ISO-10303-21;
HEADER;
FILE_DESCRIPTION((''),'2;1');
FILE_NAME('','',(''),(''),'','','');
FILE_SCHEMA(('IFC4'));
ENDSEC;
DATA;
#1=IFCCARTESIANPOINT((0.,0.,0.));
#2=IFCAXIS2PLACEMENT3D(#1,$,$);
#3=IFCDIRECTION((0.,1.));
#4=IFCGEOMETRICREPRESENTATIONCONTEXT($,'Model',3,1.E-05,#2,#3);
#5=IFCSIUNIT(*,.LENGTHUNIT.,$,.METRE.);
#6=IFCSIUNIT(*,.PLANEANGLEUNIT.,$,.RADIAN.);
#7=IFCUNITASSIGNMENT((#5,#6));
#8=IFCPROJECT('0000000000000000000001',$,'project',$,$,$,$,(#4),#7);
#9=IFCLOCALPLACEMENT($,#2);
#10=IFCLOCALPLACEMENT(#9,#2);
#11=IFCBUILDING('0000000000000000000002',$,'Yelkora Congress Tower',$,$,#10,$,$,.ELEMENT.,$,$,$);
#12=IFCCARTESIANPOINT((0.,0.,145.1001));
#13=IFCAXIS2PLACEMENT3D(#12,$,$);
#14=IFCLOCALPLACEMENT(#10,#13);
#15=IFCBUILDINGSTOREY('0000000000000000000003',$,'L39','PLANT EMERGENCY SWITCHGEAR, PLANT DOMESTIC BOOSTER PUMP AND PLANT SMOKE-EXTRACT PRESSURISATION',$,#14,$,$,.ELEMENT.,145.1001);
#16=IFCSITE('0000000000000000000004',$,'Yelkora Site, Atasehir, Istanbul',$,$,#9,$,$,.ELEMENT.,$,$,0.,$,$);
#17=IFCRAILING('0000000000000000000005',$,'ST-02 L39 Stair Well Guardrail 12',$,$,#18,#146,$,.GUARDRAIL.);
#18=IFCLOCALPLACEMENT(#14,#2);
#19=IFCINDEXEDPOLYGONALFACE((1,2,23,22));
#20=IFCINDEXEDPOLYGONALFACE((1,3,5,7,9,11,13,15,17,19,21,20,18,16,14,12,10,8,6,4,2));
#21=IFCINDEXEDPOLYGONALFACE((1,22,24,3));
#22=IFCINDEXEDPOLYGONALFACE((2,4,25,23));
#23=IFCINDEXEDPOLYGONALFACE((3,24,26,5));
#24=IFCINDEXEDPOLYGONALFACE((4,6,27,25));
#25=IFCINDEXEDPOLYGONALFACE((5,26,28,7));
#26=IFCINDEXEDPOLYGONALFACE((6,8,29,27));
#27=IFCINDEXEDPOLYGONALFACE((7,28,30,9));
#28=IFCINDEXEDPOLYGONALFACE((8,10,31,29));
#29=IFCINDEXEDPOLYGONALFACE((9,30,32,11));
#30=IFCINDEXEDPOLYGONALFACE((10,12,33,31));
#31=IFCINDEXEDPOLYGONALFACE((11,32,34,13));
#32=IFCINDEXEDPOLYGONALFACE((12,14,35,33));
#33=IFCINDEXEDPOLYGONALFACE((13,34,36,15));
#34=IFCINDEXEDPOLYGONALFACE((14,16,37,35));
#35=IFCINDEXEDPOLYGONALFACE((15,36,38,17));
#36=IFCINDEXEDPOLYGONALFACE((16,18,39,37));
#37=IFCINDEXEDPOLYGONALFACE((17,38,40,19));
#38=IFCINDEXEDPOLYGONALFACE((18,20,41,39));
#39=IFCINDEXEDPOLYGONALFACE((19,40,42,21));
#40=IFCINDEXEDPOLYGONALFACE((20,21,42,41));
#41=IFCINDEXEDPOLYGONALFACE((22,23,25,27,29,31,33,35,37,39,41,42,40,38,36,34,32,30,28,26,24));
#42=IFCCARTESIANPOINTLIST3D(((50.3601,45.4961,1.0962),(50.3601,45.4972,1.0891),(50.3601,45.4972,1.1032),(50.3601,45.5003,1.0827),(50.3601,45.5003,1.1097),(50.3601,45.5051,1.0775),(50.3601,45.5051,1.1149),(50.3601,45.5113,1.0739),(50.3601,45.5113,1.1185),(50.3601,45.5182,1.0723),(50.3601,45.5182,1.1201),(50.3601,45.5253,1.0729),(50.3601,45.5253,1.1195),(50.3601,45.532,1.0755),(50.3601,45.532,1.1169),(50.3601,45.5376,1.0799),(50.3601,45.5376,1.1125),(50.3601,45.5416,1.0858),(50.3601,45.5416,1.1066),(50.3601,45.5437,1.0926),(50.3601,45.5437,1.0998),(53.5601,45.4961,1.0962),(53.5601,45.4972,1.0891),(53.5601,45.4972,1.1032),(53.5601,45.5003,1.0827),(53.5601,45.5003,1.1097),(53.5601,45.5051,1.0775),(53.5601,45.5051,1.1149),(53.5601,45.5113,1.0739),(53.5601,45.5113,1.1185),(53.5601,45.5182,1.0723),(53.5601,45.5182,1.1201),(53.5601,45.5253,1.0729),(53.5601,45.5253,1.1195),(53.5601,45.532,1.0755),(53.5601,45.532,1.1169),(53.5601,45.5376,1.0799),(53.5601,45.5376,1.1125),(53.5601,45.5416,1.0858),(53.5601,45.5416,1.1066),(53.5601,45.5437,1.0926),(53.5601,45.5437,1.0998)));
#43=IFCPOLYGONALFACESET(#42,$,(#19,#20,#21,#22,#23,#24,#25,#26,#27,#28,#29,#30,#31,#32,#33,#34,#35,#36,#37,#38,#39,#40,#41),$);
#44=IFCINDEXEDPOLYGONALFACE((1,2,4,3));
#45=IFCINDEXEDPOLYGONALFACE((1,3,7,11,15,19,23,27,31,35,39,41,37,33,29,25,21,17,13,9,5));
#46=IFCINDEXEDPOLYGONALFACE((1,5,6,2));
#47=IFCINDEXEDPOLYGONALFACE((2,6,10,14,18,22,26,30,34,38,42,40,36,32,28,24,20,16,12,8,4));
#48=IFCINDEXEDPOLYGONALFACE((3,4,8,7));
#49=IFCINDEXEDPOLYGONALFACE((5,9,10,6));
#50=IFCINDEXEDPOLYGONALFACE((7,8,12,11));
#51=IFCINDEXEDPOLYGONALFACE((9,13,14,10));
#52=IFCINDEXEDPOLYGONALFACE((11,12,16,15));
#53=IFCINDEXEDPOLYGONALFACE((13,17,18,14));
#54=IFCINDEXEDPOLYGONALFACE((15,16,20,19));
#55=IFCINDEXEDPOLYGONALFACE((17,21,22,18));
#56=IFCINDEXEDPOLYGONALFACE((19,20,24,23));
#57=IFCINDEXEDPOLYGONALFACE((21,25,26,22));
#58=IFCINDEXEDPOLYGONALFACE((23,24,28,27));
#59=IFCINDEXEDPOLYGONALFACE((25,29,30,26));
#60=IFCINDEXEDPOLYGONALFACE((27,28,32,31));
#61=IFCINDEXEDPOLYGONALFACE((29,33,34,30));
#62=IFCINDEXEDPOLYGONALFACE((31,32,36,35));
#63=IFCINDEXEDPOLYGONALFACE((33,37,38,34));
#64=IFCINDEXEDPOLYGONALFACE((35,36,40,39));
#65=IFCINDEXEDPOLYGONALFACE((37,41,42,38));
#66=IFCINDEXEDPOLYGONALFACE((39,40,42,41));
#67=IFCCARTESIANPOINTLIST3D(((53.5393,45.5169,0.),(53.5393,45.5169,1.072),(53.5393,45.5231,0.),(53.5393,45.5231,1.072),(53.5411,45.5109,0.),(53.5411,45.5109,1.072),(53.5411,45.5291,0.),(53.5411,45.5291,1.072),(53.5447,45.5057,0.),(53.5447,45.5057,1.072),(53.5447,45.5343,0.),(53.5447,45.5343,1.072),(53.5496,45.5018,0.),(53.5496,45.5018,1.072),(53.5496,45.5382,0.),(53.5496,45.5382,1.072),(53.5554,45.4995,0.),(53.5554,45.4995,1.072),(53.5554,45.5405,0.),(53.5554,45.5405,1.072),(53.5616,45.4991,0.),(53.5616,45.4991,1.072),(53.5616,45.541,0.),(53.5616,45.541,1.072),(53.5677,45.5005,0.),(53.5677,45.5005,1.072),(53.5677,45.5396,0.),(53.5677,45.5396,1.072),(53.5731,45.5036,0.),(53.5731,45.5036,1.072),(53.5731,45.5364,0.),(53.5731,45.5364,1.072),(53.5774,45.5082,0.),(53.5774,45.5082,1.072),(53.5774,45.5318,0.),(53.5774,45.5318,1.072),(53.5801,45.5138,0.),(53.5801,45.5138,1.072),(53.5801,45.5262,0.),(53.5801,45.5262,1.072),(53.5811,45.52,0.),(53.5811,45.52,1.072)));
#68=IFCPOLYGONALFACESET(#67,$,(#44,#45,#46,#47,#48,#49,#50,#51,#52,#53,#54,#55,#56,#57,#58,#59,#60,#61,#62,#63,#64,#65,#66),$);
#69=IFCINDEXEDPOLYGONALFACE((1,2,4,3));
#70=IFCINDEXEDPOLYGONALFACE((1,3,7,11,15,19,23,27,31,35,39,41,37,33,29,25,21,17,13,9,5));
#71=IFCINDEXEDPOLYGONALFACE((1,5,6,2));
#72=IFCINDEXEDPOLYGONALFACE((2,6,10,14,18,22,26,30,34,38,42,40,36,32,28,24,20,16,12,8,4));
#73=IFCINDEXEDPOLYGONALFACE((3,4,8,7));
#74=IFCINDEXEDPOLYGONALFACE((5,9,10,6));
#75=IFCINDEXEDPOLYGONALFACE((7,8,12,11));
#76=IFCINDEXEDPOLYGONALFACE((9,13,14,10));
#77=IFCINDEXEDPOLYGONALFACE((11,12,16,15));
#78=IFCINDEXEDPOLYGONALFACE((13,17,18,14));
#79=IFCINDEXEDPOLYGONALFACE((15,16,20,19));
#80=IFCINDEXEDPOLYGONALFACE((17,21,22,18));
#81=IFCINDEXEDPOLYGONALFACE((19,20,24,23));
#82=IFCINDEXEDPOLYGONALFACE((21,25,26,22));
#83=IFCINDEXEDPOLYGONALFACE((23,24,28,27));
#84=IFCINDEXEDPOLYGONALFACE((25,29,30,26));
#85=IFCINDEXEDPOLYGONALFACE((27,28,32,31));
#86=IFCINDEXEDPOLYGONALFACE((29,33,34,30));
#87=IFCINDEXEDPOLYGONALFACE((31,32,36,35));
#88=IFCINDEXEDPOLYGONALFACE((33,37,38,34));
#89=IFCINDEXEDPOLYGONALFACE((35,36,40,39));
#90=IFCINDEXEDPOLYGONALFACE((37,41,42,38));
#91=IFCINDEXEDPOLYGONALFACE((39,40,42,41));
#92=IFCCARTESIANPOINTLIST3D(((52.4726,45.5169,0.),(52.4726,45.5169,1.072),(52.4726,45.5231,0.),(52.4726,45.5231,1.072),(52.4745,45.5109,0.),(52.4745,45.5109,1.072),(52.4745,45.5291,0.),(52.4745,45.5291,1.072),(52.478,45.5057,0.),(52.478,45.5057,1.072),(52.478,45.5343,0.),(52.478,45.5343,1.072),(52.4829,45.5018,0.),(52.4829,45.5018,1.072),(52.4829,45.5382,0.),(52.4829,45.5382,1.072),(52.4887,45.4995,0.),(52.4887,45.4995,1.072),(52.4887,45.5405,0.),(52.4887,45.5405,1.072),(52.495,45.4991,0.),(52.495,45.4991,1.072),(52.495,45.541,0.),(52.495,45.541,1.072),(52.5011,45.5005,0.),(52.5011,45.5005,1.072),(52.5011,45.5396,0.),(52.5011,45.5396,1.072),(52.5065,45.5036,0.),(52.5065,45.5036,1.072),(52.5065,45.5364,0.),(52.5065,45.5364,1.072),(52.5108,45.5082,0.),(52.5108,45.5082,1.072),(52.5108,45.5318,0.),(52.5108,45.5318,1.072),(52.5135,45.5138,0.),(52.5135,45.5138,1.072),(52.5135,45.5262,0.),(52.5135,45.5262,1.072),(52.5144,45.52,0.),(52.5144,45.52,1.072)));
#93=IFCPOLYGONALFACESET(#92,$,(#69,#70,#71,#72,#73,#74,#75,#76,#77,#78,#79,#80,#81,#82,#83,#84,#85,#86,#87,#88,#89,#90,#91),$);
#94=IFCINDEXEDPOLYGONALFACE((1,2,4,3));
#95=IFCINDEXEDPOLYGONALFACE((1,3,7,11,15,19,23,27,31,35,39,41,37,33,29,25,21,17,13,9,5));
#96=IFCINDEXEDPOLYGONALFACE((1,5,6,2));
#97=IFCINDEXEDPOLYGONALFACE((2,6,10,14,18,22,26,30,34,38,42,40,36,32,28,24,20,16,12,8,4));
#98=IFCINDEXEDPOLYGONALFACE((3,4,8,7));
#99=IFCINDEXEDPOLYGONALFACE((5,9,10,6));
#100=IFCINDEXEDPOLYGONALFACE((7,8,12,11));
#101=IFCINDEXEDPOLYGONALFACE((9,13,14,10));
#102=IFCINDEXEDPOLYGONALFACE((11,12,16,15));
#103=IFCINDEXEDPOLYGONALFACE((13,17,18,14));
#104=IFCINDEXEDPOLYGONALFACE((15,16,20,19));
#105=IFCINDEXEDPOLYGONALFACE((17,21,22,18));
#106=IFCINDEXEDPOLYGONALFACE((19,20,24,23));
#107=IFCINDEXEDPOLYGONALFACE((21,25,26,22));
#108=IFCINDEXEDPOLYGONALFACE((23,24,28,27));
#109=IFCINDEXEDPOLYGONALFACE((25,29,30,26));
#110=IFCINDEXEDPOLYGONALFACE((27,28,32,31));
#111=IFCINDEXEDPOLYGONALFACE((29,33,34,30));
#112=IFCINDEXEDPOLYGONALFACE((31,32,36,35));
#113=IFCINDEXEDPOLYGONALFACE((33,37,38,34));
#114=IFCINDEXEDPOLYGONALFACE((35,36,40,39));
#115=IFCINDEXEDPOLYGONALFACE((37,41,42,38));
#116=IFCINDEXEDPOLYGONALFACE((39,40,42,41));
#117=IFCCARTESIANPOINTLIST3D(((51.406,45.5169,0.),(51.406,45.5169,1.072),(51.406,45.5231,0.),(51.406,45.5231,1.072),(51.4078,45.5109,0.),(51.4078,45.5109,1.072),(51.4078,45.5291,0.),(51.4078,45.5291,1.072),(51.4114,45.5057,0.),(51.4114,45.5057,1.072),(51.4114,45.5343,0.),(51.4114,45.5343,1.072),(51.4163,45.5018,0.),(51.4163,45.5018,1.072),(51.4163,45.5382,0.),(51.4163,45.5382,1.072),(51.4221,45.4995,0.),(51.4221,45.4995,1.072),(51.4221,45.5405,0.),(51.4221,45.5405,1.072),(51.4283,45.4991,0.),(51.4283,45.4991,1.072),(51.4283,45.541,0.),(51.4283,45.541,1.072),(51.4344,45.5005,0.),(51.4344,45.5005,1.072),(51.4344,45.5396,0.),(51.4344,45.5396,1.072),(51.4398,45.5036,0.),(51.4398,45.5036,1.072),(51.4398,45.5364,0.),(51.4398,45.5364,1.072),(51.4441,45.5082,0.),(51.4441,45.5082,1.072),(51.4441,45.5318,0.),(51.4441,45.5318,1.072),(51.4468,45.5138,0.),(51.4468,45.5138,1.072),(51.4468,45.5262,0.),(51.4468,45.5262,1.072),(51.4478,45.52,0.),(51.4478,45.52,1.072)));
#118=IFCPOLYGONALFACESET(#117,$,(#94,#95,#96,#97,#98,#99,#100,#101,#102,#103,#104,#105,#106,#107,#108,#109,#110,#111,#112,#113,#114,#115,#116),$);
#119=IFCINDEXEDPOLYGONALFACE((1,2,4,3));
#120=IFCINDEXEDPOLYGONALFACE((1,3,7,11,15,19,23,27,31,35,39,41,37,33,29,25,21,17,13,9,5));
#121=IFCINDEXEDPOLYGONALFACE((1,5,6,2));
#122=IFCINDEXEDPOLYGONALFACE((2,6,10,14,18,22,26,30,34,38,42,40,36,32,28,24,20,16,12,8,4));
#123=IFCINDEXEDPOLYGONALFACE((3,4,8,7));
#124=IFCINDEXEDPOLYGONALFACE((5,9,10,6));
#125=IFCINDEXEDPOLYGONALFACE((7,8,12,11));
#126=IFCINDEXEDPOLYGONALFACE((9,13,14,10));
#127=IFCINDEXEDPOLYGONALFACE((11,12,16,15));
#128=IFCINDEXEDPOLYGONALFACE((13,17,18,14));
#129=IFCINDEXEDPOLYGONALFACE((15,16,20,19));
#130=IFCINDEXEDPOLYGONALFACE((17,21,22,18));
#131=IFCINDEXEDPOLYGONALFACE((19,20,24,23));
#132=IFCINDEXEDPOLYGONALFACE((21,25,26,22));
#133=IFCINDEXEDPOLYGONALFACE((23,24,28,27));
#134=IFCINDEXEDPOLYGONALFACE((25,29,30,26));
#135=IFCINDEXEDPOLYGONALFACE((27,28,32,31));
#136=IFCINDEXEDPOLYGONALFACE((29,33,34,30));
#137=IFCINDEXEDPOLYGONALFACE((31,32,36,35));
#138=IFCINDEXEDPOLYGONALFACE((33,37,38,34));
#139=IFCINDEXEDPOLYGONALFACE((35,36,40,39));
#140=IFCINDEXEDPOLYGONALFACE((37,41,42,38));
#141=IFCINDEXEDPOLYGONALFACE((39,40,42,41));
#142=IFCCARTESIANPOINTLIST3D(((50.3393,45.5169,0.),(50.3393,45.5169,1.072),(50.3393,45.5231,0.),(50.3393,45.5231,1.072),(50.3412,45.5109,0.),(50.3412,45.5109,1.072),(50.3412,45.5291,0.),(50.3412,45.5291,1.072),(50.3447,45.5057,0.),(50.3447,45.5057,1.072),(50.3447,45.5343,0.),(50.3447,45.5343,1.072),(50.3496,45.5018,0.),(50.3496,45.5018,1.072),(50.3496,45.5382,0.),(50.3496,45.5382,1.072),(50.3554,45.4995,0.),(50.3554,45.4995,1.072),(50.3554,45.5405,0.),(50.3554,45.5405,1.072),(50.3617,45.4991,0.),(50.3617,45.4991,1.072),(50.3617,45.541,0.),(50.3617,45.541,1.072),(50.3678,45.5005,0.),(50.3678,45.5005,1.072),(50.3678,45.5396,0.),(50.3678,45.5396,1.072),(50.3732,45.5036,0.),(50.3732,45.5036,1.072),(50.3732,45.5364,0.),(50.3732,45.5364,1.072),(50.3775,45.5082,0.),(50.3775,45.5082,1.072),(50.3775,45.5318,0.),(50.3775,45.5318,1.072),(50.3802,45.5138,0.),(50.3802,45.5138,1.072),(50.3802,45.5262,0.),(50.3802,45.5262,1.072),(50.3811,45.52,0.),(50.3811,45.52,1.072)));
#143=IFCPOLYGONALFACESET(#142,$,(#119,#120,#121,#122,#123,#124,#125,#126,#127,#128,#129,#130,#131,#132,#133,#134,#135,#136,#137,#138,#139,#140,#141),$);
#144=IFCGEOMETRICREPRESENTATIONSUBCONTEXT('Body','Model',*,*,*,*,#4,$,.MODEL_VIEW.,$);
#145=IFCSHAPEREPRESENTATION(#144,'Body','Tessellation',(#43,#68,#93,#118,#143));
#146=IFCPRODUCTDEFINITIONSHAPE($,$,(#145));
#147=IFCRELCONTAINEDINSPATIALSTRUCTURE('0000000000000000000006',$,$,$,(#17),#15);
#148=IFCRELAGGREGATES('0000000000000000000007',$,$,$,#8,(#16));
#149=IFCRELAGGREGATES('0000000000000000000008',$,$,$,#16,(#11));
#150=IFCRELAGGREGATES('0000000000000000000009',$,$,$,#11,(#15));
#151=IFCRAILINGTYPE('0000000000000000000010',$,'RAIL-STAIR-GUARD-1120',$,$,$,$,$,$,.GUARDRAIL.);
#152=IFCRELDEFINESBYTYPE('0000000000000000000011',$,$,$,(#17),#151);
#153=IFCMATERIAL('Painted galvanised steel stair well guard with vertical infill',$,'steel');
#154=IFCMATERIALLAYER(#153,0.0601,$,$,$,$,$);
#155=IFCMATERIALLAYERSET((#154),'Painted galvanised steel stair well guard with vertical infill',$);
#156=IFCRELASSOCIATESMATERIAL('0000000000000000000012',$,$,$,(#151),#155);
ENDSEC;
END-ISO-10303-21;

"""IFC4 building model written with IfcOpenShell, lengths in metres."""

from ifc_helpers import new_model, si_unit, direction, frame, origin, origin_2d, place, context, subcontext, project, spatial, circle, extrude, material, layer, layer_set, type_object, element, save


model = new_model("IFC4")

# Units and contexts
model_context = context("Model", 3, precision=1e-05, world=origin(), true_north=direction((0.0, 1.0)))
body_context = subcontext(model_context, "Body", "Model", "MODEL_VIEW")
ifc_project = project(units=[si_unit("LENGTHUNIT", "METRE"), si_unit("PLANEANGLEUNIT", "RADIAN")], contexts=[model_context])

# Site, building, storey
site_placement = place(None, origin())
site = spatial("IfcSite", under=ifc_project, at=site_placement, Name="Yelkora Site, Atasehir, Istanbul", CompositionType="ELEMENT", RefElevation=0.0)
building_placement = place(site_placement, origin())
building = spatial("IfcBuilding", under=site, at=building_placement, Name="Yelkora Congress Tower", CompositionType="ELEMENT")
storey_placement = place(building_placement, frame((0.0, 0.0, 145.1001)))
storey = spatial("IfcBuildingStorey", under=building, at=storey_placement, Name="L39", Description="PLANT EMERGENCY SWITCHGEAR, PLANT DOMESTIC BOOSTER PUMP AND PLANT SMOKE-EXTRACT PRESSURISATION", CompositionType="ELEMENT", Elevation=145.1001)

# Railing
ifc_material_1 = material(Name="Painted galvanised steel stair well guard with vertical infill", Category="steel")
ifc_layer_1 = layer(ifc_material_1, 0.0601)
ifc_layer_set_1 = layer_set([ifc_layer_1], Name="Painted galvanised steel stair well guard with vertical infill")
railing_type_1 = type_object("IfcRailingType", Name="RAIL-STAIR-GUARD-1120", PredefinedType="GUARDRAIL", material=ifc_layer_set_1)
railing_1_placement = place(storey_placement, frame((53.5601, 45.52, 0.0)))
element("IfcRailing", 1, at=railing_1_placement, inside=storey, type_object=railing_type_1, Name="ST-02 L39 Stair Well Guardrail 12", PredefinedType="GUARDRAIL", context=body_context, shape_type="SweptSolid", body=[
    extrude(circle(Radius=0.0239, at=origin_2d()), frame((0.0, 0.0, 1.0962), z_axis=(-1.0, 0.0, 0.0), x_axis=(0.0, -1.0, 0.0)), (0.0, 0.0, 1.0), 3.2),
    extrude(circle(Radius=0.021, at=origin_2d()), origin(), (0.0, 0.0, 1.0), 1.072),
    extrude(circle(Radius=0.021, at=origin_2d()), frame((-1.0667, 0.0, 0.0)), (0.0, 0.0, 1.0), 1.072),
    extrude(circle(Radius=0.021, at=origin_2d()), frame((-2.1333, 0.0, 0.0)), (0.0, 0.0, 1.0), 1.072),
    extrude(circle(Radius=0.021, at=origin_2d()), frame((-3.2, 0.0, 0.0)), (0.0, 0.0, 1.0), 1.072),
])

save(model, "model.ifc")
